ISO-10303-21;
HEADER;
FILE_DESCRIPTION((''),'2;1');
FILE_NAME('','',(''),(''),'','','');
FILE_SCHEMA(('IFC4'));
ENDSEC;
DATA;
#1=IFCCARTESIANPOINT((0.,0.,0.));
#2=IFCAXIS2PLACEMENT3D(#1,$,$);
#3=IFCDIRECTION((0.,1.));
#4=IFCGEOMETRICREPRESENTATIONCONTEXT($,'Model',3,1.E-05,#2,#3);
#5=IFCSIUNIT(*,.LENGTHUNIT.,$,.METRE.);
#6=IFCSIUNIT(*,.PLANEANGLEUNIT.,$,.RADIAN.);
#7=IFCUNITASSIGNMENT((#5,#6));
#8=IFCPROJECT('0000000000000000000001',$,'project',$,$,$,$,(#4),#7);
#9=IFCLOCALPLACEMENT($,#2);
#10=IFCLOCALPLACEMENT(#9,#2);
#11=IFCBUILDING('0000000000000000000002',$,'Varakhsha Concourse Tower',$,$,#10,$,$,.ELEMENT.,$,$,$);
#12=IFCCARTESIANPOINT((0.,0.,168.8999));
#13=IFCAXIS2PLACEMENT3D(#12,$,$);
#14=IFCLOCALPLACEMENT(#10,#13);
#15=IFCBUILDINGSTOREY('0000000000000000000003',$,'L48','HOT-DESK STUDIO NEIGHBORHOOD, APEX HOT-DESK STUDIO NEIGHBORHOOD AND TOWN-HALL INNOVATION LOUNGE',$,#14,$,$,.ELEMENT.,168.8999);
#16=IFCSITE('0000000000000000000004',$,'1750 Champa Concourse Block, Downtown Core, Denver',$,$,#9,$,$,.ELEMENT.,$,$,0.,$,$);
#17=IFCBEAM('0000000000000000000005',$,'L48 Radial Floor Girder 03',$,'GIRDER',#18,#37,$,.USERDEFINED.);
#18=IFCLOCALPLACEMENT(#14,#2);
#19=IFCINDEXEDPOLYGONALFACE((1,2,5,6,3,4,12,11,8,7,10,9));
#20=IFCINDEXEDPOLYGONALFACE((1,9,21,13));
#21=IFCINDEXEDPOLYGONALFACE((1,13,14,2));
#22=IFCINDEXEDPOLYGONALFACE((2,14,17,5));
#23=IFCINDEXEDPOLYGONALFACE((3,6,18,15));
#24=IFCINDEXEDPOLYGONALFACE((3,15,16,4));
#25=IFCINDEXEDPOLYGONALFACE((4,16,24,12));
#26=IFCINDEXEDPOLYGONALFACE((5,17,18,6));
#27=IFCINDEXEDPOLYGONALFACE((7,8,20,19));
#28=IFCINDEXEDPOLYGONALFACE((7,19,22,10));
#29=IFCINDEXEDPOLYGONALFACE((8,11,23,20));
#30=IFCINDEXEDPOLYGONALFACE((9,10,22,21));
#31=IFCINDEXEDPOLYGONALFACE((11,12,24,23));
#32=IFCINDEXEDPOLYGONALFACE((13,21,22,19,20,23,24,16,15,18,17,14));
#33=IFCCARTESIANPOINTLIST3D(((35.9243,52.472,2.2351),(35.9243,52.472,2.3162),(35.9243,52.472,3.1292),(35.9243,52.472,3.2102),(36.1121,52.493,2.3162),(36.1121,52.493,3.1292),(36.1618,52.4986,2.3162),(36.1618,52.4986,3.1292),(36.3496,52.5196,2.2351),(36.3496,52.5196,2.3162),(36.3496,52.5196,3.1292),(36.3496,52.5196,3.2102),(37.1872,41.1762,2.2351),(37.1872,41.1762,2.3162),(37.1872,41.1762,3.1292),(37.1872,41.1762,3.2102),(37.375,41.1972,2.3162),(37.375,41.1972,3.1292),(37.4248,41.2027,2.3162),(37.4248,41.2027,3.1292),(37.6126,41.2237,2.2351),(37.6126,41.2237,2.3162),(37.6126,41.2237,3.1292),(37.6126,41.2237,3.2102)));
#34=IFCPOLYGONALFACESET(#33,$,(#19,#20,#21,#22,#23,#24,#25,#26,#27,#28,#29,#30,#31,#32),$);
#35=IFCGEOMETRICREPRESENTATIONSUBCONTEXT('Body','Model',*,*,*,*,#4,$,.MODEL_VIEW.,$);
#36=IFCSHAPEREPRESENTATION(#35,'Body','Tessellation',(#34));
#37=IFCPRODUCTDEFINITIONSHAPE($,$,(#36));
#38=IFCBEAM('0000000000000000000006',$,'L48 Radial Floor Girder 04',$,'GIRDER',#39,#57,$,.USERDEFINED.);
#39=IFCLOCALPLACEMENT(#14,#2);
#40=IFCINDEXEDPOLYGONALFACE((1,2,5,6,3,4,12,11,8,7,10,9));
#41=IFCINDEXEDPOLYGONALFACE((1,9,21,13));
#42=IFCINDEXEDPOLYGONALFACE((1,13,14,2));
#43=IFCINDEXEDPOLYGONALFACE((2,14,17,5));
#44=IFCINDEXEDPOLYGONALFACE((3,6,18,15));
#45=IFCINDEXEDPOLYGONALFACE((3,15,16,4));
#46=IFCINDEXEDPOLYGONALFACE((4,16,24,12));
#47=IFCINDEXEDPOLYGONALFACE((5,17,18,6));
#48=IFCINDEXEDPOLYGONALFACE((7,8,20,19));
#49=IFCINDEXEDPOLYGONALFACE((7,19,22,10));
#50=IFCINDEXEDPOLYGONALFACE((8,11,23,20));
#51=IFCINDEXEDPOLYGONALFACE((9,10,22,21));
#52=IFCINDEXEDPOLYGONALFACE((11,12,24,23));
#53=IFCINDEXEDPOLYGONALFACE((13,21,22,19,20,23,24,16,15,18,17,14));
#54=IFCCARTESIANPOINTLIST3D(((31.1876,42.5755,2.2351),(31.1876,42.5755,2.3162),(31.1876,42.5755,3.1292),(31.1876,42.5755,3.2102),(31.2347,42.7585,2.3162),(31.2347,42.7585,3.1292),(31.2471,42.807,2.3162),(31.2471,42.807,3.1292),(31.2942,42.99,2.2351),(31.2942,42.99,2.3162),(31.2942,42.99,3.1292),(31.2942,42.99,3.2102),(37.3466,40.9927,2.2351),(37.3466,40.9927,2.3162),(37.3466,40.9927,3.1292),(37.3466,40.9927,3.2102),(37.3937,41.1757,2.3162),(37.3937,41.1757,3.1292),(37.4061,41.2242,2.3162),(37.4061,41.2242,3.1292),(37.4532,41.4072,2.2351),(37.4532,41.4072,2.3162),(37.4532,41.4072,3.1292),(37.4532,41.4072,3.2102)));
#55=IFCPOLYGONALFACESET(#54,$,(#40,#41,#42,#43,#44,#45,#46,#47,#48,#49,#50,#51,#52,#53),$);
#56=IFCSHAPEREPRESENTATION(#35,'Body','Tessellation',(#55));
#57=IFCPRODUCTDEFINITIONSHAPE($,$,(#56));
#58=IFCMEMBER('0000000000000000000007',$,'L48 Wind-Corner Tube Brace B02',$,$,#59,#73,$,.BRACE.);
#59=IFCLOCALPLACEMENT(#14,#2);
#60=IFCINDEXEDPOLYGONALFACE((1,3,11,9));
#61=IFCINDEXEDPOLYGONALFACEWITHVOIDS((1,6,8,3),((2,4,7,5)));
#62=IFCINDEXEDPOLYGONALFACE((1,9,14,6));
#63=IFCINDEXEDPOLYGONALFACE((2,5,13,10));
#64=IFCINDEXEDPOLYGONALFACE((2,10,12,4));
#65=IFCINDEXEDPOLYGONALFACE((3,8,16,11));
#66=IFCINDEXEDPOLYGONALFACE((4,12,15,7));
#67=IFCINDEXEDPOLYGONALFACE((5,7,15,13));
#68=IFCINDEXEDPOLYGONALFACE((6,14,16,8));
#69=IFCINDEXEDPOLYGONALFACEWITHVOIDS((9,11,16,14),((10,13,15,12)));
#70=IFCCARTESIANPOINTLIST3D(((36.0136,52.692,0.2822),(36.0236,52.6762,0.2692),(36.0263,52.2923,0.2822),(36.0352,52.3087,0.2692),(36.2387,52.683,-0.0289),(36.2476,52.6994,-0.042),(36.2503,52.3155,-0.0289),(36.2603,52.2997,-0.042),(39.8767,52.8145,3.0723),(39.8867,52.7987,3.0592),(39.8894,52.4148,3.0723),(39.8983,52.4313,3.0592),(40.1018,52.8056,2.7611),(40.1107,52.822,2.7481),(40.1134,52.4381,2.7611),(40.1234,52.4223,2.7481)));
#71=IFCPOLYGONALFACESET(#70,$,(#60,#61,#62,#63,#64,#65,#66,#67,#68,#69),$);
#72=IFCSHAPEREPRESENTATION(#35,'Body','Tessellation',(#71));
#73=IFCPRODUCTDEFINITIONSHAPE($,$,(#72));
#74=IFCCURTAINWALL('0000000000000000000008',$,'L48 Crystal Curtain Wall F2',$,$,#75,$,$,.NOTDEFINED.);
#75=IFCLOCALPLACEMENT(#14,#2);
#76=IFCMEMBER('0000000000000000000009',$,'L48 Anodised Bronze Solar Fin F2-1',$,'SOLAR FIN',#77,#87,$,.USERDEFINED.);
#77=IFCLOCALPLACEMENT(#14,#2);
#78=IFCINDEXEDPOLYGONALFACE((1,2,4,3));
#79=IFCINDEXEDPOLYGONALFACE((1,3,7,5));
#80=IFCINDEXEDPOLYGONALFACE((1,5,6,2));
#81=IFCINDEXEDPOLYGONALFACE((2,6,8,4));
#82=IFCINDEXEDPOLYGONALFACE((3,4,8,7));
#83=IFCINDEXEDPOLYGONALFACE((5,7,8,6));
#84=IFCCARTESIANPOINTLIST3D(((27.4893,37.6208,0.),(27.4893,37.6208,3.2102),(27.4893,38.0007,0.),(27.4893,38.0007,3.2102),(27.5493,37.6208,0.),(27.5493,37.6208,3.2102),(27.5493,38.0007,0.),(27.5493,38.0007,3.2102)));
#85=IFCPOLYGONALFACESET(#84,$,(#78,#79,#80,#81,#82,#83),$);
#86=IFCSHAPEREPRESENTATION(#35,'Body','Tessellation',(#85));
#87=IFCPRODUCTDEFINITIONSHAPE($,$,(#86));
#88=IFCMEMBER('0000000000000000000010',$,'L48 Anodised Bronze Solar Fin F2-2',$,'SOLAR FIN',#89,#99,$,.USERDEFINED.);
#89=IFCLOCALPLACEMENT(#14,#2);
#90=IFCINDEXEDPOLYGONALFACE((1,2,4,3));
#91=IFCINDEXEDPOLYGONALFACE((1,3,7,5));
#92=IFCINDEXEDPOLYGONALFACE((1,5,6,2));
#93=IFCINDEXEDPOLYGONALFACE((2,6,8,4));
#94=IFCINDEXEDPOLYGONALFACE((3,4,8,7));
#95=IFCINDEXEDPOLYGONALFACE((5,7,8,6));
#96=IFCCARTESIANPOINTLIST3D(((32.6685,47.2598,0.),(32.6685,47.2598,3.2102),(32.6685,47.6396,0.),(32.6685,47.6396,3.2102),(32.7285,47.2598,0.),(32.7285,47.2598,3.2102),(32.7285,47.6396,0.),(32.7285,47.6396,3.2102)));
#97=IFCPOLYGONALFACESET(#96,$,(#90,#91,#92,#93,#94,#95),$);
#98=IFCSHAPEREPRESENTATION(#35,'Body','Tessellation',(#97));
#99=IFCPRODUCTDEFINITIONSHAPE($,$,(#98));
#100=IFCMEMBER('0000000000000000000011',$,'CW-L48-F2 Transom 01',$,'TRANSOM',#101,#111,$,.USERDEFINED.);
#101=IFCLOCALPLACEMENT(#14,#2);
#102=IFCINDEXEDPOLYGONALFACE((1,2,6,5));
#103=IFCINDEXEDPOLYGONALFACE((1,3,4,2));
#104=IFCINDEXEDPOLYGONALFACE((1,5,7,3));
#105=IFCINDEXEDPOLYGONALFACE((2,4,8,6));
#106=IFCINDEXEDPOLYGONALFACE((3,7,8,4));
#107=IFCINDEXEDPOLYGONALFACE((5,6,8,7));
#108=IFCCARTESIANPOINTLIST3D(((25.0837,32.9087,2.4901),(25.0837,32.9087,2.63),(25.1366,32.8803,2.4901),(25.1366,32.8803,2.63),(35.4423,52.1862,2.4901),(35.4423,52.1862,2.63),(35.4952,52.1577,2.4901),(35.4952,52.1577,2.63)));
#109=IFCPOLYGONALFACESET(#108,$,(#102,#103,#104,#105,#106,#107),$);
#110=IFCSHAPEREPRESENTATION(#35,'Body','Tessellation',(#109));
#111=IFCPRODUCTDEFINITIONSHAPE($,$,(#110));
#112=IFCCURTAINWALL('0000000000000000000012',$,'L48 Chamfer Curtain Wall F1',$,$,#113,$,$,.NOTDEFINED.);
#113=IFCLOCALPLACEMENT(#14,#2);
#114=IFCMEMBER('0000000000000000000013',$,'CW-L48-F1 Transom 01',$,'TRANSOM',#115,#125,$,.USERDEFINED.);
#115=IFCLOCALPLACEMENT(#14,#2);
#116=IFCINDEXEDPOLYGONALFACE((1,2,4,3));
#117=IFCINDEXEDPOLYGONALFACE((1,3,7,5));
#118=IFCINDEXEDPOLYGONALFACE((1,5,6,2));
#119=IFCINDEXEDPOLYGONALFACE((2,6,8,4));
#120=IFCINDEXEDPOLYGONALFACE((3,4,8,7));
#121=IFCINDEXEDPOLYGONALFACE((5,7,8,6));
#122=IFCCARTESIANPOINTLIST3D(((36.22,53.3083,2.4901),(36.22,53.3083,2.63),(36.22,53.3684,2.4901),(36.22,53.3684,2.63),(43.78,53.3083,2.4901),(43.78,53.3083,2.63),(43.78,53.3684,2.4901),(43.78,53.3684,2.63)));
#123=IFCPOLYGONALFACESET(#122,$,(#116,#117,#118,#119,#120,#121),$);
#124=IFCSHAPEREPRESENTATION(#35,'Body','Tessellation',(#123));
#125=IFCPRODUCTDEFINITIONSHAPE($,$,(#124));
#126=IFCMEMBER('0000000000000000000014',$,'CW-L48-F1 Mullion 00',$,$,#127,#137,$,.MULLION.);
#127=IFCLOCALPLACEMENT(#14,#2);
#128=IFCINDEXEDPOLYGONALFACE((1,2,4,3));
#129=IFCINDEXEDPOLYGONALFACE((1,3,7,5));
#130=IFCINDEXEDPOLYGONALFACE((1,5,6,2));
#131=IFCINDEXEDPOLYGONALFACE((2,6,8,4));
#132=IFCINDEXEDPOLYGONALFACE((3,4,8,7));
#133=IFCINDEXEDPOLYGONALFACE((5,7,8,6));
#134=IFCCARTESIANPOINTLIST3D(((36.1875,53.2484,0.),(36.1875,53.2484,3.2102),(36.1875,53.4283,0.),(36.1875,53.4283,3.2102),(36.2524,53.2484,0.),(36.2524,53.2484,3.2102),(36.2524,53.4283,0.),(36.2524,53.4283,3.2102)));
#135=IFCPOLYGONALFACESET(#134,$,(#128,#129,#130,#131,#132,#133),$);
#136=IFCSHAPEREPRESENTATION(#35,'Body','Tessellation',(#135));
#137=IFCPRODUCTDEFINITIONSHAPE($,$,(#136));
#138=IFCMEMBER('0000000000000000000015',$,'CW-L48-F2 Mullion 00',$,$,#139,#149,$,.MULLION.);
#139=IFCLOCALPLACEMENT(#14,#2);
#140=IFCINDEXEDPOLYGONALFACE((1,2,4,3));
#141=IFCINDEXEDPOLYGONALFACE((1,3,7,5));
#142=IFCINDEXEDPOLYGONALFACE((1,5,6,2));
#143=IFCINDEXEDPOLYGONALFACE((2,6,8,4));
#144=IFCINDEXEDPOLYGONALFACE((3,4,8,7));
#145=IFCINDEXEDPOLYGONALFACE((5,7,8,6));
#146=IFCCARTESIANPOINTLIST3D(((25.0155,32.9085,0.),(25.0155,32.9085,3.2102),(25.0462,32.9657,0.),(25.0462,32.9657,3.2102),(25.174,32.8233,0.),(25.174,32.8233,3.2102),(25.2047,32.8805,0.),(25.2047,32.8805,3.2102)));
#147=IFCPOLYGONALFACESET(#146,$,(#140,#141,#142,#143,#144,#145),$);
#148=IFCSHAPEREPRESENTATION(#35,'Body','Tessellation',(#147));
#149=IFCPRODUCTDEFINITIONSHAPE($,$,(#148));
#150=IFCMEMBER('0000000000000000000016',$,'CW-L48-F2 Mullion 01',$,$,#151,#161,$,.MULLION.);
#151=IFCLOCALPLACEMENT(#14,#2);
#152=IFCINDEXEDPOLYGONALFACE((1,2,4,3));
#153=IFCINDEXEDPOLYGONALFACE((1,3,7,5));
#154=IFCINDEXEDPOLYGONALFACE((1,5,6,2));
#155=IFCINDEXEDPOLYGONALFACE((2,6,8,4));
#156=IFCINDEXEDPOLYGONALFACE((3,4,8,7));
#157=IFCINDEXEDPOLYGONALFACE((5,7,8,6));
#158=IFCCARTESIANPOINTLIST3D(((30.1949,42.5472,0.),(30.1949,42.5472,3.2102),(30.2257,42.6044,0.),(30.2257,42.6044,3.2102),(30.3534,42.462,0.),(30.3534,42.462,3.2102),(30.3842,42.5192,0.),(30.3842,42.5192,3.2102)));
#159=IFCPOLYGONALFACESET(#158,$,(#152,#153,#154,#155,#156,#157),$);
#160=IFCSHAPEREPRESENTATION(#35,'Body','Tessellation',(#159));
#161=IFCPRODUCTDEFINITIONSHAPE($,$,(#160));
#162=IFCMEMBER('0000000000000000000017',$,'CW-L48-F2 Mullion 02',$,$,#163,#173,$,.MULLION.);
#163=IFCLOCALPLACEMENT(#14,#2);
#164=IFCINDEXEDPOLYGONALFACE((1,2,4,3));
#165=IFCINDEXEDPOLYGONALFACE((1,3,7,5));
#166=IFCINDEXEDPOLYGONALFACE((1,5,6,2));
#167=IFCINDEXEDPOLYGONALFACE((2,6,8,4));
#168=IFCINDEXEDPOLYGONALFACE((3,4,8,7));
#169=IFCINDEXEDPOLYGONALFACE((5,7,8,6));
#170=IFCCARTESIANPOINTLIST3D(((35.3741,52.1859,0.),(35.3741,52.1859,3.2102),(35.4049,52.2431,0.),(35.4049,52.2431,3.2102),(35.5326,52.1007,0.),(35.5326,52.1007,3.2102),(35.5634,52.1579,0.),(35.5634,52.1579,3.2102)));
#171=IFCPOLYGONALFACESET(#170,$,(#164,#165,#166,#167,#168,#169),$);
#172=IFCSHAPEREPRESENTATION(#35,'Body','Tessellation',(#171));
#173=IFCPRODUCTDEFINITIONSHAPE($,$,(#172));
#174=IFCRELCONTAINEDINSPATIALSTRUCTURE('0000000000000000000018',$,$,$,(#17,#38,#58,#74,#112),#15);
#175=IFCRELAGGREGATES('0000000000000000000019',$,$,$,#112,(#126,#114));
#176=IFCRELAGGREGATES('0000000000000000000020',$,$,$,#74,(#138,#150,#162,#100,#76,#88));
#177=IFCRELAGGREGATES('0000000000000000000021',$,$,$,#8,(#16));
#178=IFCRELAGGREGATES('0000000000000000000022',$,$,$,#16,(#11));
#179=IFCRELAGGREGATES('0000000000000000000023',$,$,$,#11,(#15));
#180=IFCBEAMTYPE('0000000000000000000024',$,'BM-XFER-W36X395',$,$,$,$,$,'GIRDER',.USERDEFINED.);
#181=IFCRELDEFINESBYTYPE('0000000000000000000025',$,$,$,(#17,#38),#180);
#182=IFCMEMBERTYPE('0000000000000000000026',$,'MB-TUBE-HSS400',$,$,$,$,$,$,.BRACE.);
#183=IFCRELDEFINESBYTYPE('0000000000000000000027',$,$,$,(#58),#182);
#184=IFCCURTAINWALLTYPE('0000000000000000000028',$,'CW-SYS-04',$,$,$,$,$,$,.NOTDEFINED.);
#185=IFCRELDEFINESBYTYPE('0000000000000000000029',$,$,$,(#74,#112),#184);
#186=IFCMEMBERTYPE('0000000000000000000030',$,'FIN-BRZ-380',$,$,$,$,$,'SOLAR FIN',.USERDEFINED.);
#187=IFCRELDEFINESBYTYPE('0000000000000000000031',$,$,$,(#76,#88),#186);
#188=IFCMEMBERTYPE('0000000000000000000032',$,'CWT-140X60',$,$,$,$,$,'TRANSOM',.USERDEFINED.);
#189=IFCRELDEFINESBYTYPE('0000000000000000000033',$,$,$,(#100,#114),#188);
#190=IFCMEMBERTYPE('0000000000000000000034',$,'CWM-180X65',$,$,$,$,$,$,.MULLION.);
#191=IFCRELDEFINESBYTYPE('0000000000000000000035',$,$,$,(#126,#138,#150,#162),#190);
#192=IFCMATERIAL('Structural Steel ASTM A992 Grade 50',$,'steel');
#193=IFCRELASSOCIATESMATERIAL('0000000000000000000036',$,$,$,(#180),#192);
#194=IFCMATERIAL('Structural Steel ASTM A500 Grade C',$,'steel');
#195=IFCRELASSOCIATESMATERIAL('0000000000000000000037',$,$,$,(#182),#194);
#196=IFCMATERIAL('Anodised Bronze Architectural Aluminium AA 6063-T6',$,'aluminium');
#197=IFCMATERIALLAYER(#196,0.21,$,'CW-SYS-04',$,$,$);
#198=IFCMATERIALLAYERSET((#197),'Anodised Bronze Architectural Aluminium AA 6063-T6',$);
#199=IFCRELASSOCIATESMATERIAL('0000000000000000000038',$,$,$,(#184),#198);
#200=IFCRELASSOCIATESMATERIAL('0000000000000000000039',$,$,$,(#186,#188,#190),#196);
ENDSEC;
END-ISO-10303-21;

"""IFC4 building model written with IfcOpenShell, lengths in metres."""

from ifc_helpers import new_model, si_unit, direction, frame, origin, origin_2d, place, context, subcontext, project, spatial, rectangle, hollow_rectangle, i_section, extrude, source, transform, mapped, material, layer, layer_set, material_profile, profile_set, type_object, type_shapes, element, aggregate, save


model = new_model("IFC4")

# Units and contexts
model_context = context("Model", 3, precision=1e-05, world=origin(), true_north=direction((0.0, 1.0)))
body_context = subcontext(model_context, "Body", "Model", "MODEL_VIEW")
ifc_project = project(units=[si_unit("LENGTHUNIT", "METRE"), si_unit("PLANEANGLEUNIT", "RADIAN")], contexts=[model_context])

# Site, building, storey
site_placement = place(None, origin())
site = spatial("IfcSite", under=ifc_project, at=site_placement, Name="1750 Champa Concourse Block, Downtown Core, Denver", CompositionType="ELEMENT", RefElevation=0.0)
building_placement = place(site_placement, origin())
building = spatial("IfcBuilding", under=site, at=building_placement, Name="Varakhsha Concourse Tower", CompositionType="ELEMENT")
storey_placement = place(building_placement, frame((0.0, 0.0, 168.8999)))
storey = spatial("IfcBuildingStorey", under=building, at=storey_placement, Name="L48", Description="HOT-DESK STUDIO NEIGHBORHOOD, APEX HOT-DESK STUDIO NEIGHBORHOOD AND TOWN-HALL INNOVATION LOUNGE", CompositionType="ELEMENT", Elevation=168.8999)

# Shared definitions
ifc_material_1 = material(Name="Structural Steel ASTM A992 Grade 50", Category="steel")

# Beams
ifc_material_profile_1 = material_profile(ifc_material_1, i_section(OverallWidth=0.428, OverallDepth=0.9751, WebThickness=0.05, FlangeThickness=0.0811, at=origin_2d()), Name="W36X395")
ifc_profile_set_1 = profile_set([ifc_material_profile_1], Name="Structural Steel ASTM A992 Grade 50")
beam_type_1 = type_object("IfcBeamType", Name="BM-XFER-W36X395", ElementType="GIRDER", PredefinedType="USERDEFINED", material=ifc_profile_set_1)
beam_1_placement = place(storey_placement, frame((37.3999, 41.2, 2.7227), z_axis=(-0.111113, 0.993808, 0.0), x_axis=(-0.993808, -0.111113, 0.0)))
element("IfcBeam", 1, at=beam_1_placement, inside=storey, type_object=beam_type_1, Name="L48 Radial Floor Girder 03", ObjectType="GIRDER", PredefinedType="USERDEFINED", context=body_context, shape_type="SweptSolid", body=[
    extrude(i_section(OverallWidth=0.428, OverallDepth=0.9751, WebThickness=0.05, FlangeThickness=0.0811, at=origin_2d()), origin(), (0.0, 0.0, 1.0), 11.3662),
])
beam_2_placement = place(storey_placement, frame((37.3999, 41.2, 2.7227), z_axis=(-0.968529, 0.248899, 0.0), x_axis=(-0.248899, -0.968529, 0.0)))
element("IfcBeam", 2, at=beam_2_placement, inside=storey, type_object=beam_type_1, Name="L48 Radial Floor Girder 04", ObjectType="GIRDER", PredefinedType="USERDEFINED", context=body_context, shape_type="SweptSolid", body=[
    extrude(i_section(OverallWidth=0.428, OverallDepth=0.9751, WebThickness=0.05, FlangeThickness=0.0811, at=origin_2d()), origin(), (0.0, 0.0, 1.0), 6.3591),
])

# Member
ifc_material_2 = material(Name="Structural Steel ASTM A500 Grade C", Category="steel")
ifc_material_profile_2 = material_profile(ifc_material_2, hollow_rectangle(XDim=0.3999, YDim=0.3999, WallThickness=0.0161, at=origin_2d()), Name="HSS 400x400x16")
ifc_profile_set_2 = profile_set([ifc_material_profile_2], Name="Structural Steel ASTM A500 Grade C")
member_type_1 = type_object("IfcMemberType", Name="MB-TUBE-HSS400", PredefinedType="BRACE", material=ifc_profile_set_2)
shared_shape_1 = source(origin(), body_context, "Body", "SweptSolid", [
    extrude(hollow_rectangle(XDim=0.3999, YDim=0.3999, WallThickness=0.0161, at=origin_2d()), origin(), (0.0, 0.0, 1.0), 4.7668),
])
type_shapes(member_type_1, [shared_shape_1])
member_1_placement = place(storey_placement, frame((36.137, 52.4958, 0.1201), z_axis=(0.810404, 0.025711, 0.585306), x_axis=(-0.03171, 0.999497, 0.0)))
element("IfcMember", 3, at=member_1_placement, inside=storey, type_object=member_type_1, Name="L48 Wind-Corner Tube Brace B02", PredefinedType="BRACE", context=body_context, shape_type="MappedRepresentation", body=[
    mapped(shared_shape_1, transform((0.0, 0.0, 0.0), scale=1.0)),
])

# Curtain walls, members
ifc_material_3 = material(Name="Anodised Bronze Architectural Aluminium AA 6063-T6", Category="aluminium")
ifc_layer_1 = layer(ifc_material_3, 0.21, Name="CW-SYS-04")
ifc_layer_set_1 = layer_set([ifc_layer_1], Name="Anodised Bronze Architectural Aluminium AA 6063-T6")
curtain_wall_type = type_object("IfcCurtainWallType", Name="CW-SYS-04", PredefinedType="NOTDEFINED", material=ifc_layer_set_1)
curtain_wall_1_placement = place(storey_placement, origin())
curtain_wall_1 = element("IfcCurtainWall", 4, at=curtain_wall_1_placement, inside=storey, type_object=curtain_wall_type, Name="L48 Crystal Curtain Wall F2", PredefinedType="NOTDEFINED")
ifc_material_profile_3 = material_profile(ifc_material_3, rectangle(XDim=0.0601, YDim=0.3799, at=origin_2d()), Name="FIN-BRZ-380")
ifc_profile_set_3 = profile_set([ifc_material_profile_3], Name="Anodised Bronze Architectural Aluminium AA 6063-T6")
member_type_2 = type_object("IfcMemberType", Name="FIN-BRZ-380", ElementType="SOLAR FIN", PredefinedType="USERDEFINED", material=ifc_profile_set_3)
shared_shape_2 = source(origin(), body_context, "Body", "SweptSolid", [
    extrude(rectangle(XDim=0.0601, YDim=0.3799, at=origin_2d()), origin(), (0.0, 0.0, 1.0), 3.2102),
])
type_shapes(member_type_2, [shared_shape_2])
member_2_placement = place(storey_placement, frame((27.5193, 37.8108, 0.0), z_axis=(0.0, 0.0, 1.0), x_axis=(1.0, 0.0, 0.0)))
member_2 = element("IfcMember", 5, at=member_2_placement, type_object=member_type_2, Name="L48 Anodised Bronze Solar Fin F2-1", ObjectType="SOLAR FIN", PredefinedType="USERDEFINED", context=body_context, shape_type="MappedRepresentation", body=[
    mapped(shared_shape_2, transform((0.0, 0.0, 0.0), scale=1.0)),
])
member_3_placement = place(storey_placement, frame((32.6985, 47.4497, 0.0), z_axis=(0.0, 0.0, 1.0), x_axis=(1.0, 0.0, 0.0)))
member_3 = element("IfcMember", 6, at=member_3_placement, type_object=member_type_2, Name="L48 Anodised Bronze Solar Fin F2-2", ObjectType="SOLAR FIN", PredefinedType="USERDEFINED", context=body_context, shape_type="MappedRepresentation", body=[
    mapped(shared_shape_2, transform((0.0, 0.0, 0.0), scale=1.0)),
])
ifc_material_profile_4 = material_profile(ifc_material_3, rectangle(XDim=0.0601, YDim=0.1399, at=origin_2d()), Name="CWT-140X60")
ifc_profile_set_4 = profile_set([ifc_material_profile_4], Name="Anodised Bronze Architectural Aluminium AA 6063-T6")
member_type_3 = type_object("IfcMemberType", Name="CWT-140X60", ElementType="TRANSOM", PredefinedType="USERDEFINED", material=ifc_profile_set_4)
shared_shape_3 = source(origin(), body_context, "Body", "SweptSolid", [
    extrude(rectangle(XDim=0.0601, YDim=0.1399, at=origin_2d()), origin(), (0.0, 0.0, 1.0), 21.8843),
])
member_4_placement = place(storey_placement, frame((25.1101, 32.8945, 2.5601), z_axis=(0.473339, 0.88088, 0.0), x_axis=(-0.88088, 0.473339, 0.0)))
member_4 = element("IfcMember", 7, at=member_4_placement, type_object=member_type_3, Name="CW-L48-F2 Transom 01", ObjectType="TRANSOM", PredefinedType="USERDEFINED", context=body_context, shape_type="MappedRepresentation", body=[
    mapped(shared_shape_3, transform((0.0, 0.0, 0.0), scale=1.0)),
])
curtain_wall_2_placement = place(storey_placement, origin())
curtain_wall_2 = element("IfcCurtainWall", 8, at=curtain_wall_2_placement, inside=storey, type_object=curtain_wall_type, Name="L48 Chamfer Curtain Wall F1", PredefinedType="NOTDEFINED")
shared_shape_4 = source(origin(), body_context, "Body", "SweptSolid", [
    extrude(rectangle(XDim=0.0601, YDim=0.1399, at=origin_2d()), origin(), (0.0, 0.0, 1.0), 7.5601),
])
type_shapes(member_type_3, [shared_shape_3, shared_shape_4])
member_5_placement = place(storey_placement, frame((36.22, 53.3384, 2.5601), z_axis=(1.0, 0.0, 0.0), x_axis=(0.0, 1.0, 0.0)))
member_5 = element("IfcMember", 9, at=member_5_placement, type_object=member_type_3, Name="CW-L48-F1 Transom 01", ObjectType="TRANSOM", PredefinedType="USERDEFINED", context=body_context, shape_type="MappedRepresentation", body=[
    mapped(shared_shape_4, transform((0.0, 0.0, 0.0), scale=1.0)),
])
ifc_material_profile_5 = material_profile(ifc_material_3, rectangle(XDim=0.0649, YDim=0.1799, at=origin_2d()), Name="CWM-180X65")
ifc_profile_set_5 = profile_set([ifc_material_profile_5], Name="Anodised Bronze Architectural Aluminium AA 6063-T6")
member_type_4 = type_object("IfcMemberType", Name="CWM-180X65", PredefinedType="MULLION", material=ifc_profile_set_5)
shared_shape_5 = source(origin(), body_context, "Body", "SweptSolid", [
    extrude(rectangle(XDim=0.0649, YDim=0.1799, at=origin_2d()), origin(), (0.0, 0.0, 1.0), 3.2102),
])
type_shapes(member_type_4, [shared_shape_5])
member_6_placement = place(storey_placement, frame((36.22, 53.3384, 0.0), z_axis=(0.0, 0.0, 1.0), x_axis=(1.0, 0.0, 0.0)))
member_6 = element("IfcMember", 10, at=member_6_placement, type_object=member_type_4, Name="CW-L48-F1 Mullion 00", PredefinedType="MULLION", context=body_context, shape_type="MappedRepresentation", body=[
    mapped(shared_shape_5, transform((0.0, 0.0, 0.0), scale=1.0)),
])
aggregate(curtain_wall_2, [member_6, member_5])

# Members
member_7_placement = place(storey_placement, frame((25.1101, 32.8945, 0.0), z_axis=(0.0, 0.0, 1.0), x_axis=(0.473337, 0.880882, 0.0)))
member_7 = element("IfcMember", 11, at=member_7_placement, type_object=member_type_4, Name="CW-L48-F2 Mullion 00", PredefinedType="MULLION", context=body_context, shape_type="MappedRepresentation", body=[
    mapped(shared_shape_5, transform((0.0, 0.0, 0.0), scale=1.0)),
])
member_8_placement = place(storey_placement, frame((30.2896, 42.5332, 0.0), z_axis=(0.0, 0.0, 1.0), x_axis=(0.473337, 0.880882, 0.0)))
member_8 = element("IfcMember", 12, at=member_8_placement, type_object=member_type_4, Name="CW-L48-F2 Mullion 01", PredefinedType="MULLION", context=body_context, shape_type="MappedRepresentation", body=[
    mapped(shared_shape_5, transform((0.0, 0.0, 0.0), scale=1.0)),
])
member_9_placement = place(storey_placement, frame((35.4688, 52.1719, 0.0), z_axis=(0.0, 0.0, 1.0), x_axis=(0.473337, 0.880882, 0.0)))
member_9 = element("IfcMember", 13, at=member_9_placement, type_object=member_type_4, Name="CW-L48-F2 Mullion 02", PredefinedType="MULLION", context=body_context, shape_type="MappedRepresentation", body=[
    mapped(shared_shape_5, transform((0.0, 0.0, 0.0), scale=1.0)),
])

aggregate(curtain_wall_1, [member_7, member_8, member_9, member_4, member_2, member_3])

save(model, "model.ifc")
